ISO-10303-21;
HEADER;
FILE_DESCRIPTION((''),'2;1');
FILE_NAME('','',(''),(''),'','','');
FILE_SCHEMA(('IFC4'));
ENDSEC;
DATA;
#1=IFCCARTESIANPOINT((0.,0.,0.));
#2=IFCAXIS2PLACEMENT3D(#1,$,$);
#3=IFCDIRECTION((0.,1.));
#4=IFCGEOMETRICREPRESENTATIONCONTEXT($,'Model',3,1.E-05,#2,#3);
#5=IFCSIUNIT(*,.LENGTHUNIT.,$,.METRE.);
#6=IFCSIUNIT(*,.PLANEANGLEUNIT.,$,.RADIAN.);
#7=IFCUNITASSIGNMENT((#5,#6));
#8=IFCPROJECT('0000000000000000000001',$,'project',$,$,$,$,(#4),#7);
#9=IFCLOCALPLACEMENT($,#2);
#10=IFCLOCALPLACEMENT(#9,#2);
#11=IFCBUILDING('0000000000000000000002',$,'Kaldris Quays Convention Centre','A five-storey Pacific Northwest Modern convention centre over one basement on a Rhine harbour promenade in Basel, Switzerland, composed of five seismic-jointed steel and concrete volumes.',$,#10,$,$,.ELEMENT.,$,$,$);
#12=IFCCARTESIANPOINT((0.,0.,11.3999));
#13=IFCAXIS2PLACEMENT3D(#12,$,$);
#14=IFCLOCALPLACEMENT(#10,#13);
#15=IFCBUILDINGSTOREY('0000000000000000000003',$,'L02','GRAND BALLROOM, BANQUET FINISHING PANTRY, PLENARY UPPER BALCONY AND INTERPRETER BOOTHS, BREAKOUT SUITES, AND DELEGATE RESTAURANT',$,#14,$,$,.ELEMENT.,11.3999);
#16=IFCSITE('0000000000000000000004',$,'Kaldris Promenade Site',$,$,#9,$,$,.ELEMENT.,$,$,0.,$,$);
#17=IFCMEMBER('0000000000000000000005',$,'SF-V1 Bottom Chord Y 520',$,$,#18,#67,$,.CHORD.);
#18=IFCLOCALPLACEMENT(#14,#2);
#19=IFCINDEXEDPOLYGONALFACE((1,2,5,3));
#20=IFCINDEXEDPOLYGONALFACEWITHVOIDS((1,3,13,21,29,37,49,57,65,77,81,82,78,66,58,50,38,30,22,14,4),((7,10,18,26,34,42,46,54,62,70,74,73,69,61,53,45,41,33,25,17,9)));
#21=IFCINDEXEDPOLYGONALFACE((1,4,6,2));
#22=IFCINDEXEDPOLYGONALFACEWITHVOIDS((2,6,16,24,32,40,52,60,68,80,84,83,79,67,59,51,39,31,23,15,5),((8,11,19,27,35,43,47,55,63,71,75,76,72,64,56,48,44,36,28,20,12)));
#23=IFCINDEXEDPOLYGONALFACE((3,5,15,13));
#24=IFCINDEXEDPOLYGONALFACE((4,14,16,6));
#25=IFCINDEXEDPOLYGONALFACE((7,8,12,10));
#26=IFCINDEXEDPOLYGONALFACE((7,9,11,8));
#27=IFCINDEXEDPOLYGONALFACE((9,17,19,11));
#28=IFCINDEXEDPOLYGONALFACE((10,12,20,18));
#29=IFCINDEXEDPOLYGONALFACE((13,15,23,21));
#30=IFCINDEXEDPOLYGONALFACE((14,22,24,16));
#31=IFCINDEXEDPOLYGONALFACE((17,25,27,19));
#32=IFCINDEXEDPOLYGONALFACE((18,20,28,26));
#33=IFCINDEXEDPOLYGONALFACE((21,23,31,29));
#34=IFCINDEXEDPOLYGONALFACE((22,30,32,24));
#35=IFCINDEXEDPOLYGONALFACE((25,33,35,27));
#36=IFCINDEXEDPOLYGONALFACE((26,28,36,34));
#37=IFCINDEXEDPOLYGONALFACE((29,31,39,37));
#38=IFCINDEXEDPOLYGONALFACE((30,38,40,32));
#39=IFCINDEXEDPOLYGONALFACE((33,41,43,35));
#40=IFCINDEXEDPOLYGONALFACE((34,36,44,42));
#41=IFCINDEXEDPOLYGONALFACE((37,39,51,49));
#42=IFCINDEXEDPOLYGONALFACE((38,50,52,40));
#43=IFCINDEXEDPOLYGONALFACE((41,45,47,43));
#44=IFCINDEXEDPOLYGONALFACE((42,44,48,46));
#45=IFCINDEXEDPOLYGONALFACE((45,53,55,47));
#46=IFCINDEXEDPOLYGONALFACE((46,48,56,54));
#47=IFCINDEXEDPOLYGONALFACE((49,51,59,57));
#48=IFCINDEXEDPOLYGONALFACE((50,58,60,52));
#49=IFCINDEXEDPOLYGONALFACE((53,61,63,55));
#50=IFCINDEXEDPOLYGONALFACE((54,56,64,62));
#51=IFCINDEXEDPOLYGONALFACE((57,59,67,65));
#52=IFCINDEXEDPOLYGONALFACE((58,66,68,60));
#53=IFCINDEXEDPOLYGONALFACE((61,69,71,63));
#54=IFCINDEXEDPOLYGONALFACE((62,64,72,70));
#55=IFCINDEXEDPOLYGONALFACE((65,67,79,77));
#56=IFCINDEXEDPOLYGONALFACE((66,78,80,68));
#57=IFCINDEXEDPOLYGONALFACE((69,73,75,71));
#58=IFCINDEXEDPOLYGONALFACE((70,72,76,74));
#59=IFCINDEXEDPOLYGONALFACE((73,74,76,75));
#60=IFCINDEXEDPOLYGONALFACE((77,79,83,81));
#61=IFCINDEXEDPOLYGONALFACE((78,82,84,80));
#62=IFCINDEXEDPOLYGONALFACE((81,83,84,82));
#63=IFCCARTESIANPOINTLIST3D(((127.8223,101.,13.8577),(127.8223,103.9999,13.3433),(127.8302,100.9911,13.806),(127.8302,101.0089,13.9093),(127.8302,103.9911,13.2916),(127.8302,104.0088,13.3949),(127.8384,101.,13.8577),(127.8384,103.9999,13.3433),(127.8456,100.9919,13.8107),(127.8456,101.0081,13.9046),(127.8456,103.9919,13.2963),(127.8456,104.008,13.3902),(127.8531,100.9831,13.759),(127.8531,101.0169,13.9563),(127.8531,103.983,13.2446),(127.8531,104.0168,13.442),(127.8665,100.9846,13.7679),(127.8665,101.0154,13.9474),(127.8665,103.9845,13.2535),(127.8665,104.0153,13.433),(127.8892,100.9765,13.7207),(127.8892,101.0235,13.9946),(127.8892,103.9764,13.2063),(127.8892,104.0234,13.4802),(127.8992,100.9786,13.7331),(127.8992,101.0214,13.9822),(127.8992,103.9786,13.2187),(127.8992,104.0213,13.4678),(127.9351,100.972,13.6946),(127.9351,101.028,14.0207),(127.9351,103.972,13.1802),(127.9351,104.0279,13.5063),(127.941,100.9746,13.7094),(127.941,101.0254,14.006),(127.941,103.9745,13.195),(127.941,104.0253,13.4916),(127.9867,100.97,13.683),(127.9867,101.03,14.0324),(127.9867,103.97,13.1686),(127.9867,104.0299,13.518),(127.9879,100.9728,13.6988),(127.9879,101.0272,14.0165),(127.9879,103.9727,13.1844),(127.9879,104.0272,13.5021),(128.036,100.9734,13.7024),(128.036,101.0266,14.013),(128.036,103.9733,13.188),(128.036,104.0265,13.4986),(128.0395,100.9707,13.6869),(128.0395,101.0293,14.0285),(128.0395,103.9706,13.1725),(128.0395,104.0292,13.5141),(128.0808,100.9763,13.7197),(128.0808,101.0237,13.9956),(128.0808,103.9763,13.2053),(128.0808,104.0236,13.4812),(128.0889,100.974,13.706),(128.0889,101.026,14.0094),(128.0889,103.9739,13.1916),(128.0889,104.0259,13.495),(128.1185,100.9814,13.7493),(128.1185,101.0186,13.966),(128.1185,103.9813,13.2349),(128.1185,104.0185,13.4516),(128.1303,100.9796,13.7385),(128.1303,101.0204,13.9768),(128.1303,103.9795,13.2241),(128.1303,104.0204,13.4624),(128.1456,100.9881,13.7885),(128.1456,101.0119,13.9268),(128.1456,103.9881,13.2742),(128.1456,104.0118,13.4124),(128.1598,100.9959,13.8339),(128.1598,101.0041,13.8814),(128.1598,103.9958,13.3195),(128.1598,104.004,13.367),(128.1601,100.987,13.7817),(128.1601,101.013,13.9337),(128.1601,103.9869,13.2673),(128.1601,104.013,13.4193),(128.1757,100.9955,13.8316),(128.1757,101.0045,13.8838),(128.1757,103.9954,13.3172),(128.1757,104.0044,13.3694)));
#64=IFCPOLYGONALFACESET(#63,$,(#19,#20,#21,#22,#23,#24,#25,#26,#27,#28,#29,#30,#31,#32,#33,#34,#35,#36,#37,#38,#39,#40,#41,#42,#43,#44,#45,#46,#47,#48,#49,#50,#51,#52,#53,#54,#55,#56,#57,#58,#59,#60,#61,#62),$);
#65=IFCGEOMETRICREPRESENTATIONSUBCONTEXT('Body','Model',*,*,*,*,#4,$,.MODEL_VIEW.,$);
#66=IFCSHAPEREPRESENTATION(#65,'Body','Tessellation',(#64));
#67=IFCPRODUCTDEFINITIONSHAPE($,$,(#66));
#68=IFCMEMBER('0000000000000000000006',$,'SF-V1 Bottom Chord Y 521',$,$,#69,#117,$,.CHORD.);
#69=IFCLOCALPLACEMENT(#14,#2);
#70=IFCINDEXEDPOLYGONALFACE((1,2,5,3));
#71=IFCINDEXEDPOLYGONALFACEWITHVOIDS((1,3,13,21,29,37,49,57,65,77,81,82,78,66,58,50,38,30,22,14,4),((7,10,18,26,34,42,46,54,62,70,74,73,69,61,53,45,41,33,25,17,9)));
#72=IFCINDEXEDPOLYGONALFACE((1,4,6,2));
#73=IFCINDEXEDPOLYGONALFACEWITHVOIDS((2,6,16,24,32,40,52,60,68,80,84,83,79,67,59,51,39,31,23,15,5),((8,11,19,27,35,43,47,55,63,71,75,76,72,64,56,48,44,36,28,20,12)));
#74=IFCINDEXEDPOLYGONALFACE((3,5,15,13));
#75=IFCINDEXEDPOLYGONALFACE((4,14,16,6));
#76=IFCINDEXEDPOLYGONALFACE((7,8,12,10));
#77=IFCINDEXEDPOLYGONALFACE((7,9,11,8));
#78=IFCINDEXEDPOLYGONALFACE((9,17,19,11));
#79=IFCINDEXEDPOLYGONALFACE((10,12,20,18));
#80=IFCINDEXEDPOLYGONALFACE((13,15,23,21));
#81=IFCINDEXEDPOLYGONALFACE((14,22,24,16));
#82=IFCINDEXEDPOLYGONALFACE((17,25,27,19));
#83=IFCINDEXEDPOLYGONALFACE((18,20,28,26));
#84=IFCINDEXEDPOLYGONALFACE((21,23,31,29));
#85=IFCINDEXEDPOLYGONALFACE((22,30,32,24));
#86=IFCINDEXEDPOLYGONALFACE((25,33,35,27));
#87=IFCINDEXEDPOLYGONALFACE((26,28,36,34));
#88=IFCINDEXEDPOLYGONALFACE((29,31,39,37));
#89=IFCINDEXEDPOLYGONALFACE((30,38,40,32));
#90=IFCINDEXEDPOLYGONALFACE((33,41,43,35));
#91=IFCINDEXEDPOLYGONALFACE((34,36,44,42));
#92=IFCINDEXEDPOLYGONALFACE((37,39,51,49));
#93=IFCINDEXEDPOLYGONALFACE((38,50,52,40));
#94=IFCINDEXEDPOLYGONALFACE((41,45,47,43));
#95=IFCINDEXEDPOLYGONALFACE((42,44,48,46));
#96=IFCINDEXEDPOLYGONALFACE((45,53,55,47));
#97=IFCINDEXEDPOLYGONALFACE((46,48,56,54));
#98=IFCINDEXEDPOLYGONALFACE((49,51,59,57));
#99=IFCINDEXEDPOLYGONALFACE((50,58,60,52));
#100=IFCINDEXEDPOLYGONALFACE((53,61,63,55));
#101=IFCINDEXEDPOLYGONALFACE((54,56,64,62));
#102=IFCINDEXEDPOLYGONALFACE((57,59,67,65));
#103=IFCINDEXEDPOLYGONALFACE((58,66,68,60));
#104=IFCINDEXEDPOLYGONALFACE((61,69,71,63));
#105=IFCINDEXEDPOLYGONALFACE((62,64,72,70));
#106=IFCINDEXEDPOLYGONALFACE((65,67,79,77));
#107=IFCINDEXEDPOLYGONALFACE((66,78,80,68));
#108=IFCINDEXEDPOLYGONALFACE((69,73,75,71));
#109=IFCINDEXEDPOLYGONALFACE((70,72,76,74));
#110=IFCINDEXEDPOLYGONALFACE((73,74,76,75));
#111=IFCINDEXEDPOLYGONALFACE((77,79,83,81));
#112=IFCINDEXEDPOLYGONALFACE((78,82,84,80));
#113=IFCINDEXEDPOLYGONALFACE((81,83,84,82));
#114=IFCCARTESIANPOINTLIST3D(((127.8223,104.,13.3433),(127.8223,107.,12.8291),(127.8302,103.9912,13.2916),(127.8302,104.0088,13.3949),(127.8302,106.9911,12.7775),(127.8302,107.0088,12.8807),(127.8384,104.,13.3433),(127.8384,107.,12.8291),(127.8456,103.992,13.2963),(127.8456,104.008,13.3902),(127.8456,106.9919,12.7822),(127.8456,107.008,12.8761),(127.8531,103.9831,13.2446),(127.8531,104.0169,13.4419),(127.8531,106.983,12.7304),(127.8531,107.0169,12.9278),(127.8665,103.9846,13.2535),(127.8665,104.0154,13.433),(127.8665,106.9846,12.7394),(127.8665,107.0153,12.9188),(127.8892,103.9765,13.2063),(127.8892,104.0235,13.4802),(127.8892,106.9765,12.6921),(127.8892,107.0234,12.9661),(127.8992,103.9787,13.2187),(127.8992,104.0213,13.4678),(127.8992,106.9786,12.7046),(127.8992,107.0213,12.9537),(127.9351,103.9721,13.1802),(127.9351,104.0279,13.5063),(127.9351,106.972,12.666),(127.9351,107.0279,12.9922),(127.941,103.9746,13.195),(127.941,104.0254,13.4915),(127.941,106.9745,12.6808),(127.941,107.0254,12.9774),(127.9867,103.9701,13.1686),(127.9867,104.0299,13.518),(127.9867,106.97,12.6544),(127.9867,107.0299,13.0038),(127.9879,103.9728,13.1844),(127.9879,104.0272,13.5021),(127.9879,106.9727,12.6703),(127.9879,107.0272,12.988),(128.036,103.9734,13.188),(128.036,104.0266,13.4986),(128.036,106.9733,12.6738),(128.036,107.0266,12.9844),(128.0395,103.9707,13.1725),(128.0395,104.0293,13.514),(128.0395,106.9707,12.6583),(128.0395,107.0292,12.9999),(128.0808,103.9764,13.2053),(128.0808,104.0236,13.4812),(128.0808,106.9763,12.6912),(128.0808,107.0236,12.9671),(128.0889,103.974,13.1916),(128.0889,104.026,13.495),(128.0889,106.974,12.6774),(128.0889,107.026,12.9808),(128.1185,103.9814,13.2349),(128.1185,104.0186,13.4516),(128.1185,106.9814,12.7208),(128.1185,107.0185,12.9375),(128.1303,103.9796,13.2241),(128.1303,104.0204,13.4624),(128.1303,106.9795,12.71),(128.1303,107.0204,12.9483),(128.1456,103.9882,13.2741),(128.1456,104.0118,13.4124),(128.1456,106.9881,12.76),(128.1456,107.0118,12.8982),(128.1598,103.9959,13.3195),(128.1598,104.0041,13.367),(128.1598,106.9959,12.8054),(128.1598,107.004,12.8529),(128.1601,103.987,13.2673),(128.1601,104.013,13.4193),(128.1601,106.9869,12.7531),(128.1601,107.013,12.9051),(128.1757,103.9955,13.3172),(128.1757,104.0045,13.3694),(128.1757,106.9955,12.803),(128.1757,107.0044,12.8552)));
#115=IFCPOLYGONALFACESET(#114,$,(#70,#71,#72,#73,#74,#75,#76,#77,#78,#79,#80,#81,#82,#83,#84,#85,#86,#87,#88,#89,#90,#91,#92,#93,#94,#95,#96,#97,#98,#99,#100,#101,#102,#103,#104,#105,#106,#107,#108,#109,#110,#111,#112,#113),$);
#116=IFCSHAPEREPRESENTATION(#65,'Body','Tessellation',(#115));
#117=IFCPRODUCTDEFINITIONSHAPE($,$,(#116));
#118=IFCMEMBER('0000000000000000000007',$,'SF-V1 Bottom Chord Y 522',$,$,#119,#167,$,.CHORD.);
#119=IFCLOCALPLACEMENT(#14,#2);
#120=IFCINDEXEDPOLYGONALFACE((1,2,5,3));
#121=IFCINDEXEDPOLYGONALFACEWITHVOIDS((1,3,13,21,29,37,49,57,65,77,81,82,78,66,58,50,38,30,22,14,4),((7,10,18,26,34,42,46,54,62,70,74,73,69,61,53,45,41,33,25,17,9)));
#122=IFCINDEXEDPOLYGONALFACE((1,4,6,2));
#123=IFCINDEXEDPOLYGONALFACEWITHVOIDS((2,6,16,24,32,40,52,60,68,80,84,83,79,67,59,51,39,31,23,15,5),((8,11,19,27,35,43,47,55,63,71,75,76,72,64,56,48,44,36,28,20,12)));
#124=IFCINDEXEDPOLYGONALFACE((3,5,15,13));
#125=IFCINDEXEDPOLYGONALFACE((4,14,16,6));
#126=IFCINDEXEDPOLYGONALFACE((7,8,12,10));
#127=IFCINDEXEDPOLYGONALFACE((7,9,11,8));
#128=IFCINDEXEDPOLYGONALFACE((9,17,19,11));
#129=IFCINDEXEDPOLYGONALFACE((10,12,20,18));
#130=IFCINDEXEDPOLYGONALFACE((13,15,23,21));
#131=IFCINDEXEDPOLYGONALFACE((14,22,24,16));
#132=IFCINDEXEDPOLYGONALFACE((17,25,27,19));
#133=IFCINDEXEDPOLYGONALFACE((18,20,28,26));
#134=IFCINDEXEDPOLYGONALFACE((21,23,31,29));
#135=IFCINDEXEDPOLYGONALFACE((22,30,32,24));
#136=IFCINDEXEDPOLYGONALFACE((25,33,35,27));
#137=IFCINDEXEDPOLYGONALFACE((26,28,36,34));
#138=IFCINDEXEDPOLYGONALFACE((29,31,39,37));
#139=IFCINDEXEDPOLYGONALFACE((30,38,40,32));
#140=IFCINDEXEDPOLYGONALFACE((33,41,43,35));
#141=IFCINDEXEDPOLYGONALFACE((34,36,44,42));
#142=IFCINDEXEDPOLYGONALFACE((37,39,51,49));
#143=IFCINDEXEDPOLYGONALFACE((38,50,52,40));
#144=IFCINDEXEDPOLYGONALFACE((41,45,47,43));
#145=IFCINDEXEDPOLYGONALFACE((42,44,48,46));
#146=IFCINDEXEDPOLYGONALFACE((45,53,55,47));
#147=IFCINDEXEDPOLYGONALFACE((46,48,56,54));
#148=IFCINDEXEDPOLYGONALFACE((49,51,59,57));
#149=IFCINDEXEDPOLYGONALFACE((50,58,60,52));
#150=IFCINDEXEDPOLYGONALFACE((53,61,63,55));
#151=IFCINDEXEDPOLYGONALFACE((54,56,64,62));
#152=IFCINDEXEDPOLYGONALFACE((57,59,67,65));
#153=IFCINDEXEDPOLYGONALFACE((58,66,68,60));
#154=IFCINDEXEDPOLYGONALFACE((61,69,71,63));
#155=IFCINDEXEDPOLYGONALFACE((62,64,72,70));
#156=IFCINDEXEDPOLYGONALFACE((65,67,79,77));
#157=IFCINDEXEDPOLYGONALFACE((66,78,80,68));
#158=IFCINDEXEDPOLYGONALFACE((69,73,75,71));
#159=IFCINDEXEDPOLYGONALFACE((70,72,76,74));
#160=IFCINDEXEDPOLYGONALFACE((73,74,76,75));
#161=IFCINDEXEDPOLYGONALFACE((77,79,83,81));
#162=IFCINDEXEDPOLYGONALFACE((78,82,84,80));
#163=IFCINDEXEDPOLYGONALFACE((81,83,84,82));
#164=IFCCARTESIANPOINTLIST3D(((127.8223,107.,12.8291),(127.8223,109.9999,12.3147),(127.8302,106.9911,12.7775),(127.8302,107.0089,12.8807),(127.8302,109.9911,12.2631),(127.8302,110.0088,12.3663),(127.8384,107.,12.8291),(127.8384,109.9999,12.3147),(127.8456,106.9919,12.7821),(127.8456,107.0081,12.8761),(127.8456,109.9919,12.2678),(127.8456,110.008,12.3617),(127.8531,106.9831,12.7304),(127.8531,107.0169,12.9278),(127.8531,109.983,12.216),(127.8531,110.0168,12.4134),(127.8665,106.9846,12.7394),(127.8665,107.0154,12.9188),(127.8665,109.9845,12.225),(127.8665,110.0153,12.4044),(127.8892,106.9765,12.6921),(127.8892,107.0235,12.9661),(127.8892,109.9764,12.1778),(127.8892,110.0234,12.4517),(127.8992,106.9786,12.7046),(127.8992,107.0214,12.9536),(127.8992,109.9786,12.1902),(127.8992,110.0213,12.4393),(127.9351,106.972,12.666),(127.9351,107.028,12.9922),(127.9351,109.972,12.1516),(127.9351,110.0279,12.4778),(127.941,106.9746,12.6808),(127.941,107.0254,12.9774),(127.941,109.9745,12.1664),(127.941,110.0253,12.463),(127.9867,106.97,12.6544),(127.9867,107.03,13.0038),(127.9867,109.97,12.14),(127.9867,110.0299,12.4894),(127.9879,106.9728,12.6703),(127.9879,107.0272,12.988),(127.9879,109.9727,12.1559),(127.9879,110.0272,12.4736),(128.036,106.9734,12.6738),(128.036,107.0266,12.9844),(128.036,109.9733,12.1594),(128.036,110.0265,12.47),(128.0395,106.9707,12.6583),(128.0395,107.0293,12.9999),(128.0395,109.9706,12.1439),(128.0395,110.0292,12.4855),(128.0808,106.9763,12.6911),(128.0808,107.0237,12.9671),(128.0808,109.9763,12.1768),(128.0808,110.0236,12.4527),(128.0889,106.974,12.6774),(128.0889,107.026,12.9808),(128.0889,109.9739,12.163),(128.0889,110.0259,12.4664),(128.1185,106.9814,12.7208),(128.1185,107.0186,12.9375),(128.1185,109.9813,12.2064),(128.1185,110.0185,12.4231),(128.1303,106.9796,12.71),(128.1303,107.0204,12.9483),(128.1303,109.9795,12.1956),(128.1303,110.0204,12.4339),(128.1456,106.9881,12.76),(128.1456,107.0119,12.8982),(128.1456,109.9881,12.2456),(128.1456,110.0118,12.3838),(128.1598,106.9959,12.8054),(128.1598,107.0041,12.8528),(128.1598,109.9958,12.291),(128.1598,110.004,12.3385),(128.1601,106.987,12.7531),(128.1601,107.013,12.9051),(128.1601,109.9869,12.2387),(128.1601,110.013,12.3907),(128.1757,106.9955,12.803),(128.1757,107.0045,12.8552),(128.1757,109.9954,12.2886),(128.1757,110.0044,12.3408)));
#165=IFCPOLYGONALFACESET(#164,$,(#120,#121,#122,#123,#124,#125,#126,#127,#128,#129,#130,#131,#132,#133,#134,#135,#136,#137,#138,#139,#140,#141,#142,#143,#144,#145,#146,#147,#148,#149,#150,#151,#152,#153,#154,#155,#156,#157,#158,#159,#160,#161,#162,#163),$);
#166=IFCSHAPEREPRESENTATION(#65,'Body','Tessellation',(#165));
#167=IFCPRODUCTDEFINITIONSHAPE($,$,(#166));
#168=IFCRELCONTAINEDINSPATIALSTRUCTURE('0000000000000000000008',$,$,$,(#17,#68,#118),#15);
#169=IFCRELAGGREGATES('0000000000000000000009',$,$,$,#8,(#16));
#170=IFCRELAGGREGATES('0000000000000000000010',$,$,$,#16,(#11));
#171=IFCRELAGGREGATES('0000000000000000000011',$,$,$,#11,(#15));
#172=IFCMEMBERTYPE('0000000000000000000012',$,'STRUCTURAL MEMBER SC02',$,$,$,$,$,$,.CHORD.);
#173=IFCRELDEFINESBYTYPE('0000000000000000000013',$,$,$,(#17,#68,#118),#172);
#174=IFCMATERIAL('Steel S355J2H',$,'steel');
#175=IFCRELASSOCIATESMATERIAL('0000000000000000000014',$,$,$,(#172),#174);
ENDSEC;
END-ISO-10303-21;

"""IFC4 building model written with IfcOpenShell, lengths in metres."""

from ifc_helpers import new_model, si_unit, direction, frame, origin, origin_2d, place, context, subcontext, project, spatial, hollow_circle, extrude, material, material_profile, profile_set, type_object, element, save


model = new_model("IFC4")

# Units and contexts
model_context = context("Model", 3, precision=1e-05, world=origin(), true_north=direction((0.0, 1.0)))
body_context = subcontext(model_context, "Body", "Model", "MODEL_VIEW")
ifc_project = project(units=[si_unit("LENGTHUNIT", "METRE"), si_unit("PLANEANGLEUNIT", "RADIAN")], contexts=[model_context])

# Site, building, storey
site_placement = place(None, origin())
site = spatial("IfcSite", under=ifc_project, at=site_placement, Name="Kaldris Promenade Site", CompositionType="ELEMENT", RefElevation=0.0)
building_placement = place(site_placement, origin())
building = spatial("IfcBuilding", under=site, at=building_placement, Name="Kaldris Quays Convention Centre", Description="A five-storey Pacific Northwest Modern convention centre over one basement on a Rhine harbour promenade in Basel, Switzerland, composed of five seismic-jointed steel and concrete volumes.", CompositionType="ELEMENT")
storey_placement = place(building_placement, frame((0.0, 0.0, 11.3999)))
storey = spatial("IfcBuildingStorey", under=building, at=storey_placement, Name="L02", Description="GRAND BALLROOM, BANQUET FINISHING PANTRY, PLENARY UPPER BALCONY AND INTERPRETER BOOTHS, BREAKOUT SUITES, AND DELEGATE RESTAURANT", CompositionType="ELEMENT", Elevation=11.3999)

# Members
ifc_material_1 = material(Name="Steel S355J2H", Category="steel")
ifc_material_profile_1 = material_profile(ifc_material_1, hollow_circle(Radius=0.1777, WallThickness=0.0161, at=origin_2d()), Name="CHS 355.6x16")
ifc_profile_set_1 = profile_set([ifc_material_profile_1], Name="Steel S355J2H")
member_type_1 = type_object("IfcMemberType", Name="STRUCTURAL MEMBER SC02", PredefinedType="CHORD", material=ifc_profile_set_1)
for number, where, z_axis, x_axis, name in (
    (1, (128.0, 101.0, 13.8577), (0.0, 0.985616, -0.169002), (-1.0, 0.0, 0.0), "SF-V1 Bottom Chord Y 520"),
    (2, (128.0, 104.0, 13.3433), (0.0, 0.985629, -0.168924), (-1.0, 0.0, 0.0), "SF-V1 Bottom Chord Y 521"),
    (3, (128.0, 107.0, 12.8291), (0.0, 0.985616, -0.169002), (-1.0, 0.0, 0.0), "SF-V1 Bottom Chord Y 522"),
):
    element("IfcMember", number, at=place(storey_placement, frame(where, z_axis=z_axis, x_axis=x_axis)), inside=storey, type_object=member_type_1, Name=name, PredefinedType="CHORD", context=body_context, shape_type="SweptSolid", body=[
        extrude(hollow_circle(Radius=0.1777, WallThickness=0.0161, at=origin_2d()), origin(), (0.0, 0.0, 1.0), 3.0437),
    ])

save(model, "model.ifc")
